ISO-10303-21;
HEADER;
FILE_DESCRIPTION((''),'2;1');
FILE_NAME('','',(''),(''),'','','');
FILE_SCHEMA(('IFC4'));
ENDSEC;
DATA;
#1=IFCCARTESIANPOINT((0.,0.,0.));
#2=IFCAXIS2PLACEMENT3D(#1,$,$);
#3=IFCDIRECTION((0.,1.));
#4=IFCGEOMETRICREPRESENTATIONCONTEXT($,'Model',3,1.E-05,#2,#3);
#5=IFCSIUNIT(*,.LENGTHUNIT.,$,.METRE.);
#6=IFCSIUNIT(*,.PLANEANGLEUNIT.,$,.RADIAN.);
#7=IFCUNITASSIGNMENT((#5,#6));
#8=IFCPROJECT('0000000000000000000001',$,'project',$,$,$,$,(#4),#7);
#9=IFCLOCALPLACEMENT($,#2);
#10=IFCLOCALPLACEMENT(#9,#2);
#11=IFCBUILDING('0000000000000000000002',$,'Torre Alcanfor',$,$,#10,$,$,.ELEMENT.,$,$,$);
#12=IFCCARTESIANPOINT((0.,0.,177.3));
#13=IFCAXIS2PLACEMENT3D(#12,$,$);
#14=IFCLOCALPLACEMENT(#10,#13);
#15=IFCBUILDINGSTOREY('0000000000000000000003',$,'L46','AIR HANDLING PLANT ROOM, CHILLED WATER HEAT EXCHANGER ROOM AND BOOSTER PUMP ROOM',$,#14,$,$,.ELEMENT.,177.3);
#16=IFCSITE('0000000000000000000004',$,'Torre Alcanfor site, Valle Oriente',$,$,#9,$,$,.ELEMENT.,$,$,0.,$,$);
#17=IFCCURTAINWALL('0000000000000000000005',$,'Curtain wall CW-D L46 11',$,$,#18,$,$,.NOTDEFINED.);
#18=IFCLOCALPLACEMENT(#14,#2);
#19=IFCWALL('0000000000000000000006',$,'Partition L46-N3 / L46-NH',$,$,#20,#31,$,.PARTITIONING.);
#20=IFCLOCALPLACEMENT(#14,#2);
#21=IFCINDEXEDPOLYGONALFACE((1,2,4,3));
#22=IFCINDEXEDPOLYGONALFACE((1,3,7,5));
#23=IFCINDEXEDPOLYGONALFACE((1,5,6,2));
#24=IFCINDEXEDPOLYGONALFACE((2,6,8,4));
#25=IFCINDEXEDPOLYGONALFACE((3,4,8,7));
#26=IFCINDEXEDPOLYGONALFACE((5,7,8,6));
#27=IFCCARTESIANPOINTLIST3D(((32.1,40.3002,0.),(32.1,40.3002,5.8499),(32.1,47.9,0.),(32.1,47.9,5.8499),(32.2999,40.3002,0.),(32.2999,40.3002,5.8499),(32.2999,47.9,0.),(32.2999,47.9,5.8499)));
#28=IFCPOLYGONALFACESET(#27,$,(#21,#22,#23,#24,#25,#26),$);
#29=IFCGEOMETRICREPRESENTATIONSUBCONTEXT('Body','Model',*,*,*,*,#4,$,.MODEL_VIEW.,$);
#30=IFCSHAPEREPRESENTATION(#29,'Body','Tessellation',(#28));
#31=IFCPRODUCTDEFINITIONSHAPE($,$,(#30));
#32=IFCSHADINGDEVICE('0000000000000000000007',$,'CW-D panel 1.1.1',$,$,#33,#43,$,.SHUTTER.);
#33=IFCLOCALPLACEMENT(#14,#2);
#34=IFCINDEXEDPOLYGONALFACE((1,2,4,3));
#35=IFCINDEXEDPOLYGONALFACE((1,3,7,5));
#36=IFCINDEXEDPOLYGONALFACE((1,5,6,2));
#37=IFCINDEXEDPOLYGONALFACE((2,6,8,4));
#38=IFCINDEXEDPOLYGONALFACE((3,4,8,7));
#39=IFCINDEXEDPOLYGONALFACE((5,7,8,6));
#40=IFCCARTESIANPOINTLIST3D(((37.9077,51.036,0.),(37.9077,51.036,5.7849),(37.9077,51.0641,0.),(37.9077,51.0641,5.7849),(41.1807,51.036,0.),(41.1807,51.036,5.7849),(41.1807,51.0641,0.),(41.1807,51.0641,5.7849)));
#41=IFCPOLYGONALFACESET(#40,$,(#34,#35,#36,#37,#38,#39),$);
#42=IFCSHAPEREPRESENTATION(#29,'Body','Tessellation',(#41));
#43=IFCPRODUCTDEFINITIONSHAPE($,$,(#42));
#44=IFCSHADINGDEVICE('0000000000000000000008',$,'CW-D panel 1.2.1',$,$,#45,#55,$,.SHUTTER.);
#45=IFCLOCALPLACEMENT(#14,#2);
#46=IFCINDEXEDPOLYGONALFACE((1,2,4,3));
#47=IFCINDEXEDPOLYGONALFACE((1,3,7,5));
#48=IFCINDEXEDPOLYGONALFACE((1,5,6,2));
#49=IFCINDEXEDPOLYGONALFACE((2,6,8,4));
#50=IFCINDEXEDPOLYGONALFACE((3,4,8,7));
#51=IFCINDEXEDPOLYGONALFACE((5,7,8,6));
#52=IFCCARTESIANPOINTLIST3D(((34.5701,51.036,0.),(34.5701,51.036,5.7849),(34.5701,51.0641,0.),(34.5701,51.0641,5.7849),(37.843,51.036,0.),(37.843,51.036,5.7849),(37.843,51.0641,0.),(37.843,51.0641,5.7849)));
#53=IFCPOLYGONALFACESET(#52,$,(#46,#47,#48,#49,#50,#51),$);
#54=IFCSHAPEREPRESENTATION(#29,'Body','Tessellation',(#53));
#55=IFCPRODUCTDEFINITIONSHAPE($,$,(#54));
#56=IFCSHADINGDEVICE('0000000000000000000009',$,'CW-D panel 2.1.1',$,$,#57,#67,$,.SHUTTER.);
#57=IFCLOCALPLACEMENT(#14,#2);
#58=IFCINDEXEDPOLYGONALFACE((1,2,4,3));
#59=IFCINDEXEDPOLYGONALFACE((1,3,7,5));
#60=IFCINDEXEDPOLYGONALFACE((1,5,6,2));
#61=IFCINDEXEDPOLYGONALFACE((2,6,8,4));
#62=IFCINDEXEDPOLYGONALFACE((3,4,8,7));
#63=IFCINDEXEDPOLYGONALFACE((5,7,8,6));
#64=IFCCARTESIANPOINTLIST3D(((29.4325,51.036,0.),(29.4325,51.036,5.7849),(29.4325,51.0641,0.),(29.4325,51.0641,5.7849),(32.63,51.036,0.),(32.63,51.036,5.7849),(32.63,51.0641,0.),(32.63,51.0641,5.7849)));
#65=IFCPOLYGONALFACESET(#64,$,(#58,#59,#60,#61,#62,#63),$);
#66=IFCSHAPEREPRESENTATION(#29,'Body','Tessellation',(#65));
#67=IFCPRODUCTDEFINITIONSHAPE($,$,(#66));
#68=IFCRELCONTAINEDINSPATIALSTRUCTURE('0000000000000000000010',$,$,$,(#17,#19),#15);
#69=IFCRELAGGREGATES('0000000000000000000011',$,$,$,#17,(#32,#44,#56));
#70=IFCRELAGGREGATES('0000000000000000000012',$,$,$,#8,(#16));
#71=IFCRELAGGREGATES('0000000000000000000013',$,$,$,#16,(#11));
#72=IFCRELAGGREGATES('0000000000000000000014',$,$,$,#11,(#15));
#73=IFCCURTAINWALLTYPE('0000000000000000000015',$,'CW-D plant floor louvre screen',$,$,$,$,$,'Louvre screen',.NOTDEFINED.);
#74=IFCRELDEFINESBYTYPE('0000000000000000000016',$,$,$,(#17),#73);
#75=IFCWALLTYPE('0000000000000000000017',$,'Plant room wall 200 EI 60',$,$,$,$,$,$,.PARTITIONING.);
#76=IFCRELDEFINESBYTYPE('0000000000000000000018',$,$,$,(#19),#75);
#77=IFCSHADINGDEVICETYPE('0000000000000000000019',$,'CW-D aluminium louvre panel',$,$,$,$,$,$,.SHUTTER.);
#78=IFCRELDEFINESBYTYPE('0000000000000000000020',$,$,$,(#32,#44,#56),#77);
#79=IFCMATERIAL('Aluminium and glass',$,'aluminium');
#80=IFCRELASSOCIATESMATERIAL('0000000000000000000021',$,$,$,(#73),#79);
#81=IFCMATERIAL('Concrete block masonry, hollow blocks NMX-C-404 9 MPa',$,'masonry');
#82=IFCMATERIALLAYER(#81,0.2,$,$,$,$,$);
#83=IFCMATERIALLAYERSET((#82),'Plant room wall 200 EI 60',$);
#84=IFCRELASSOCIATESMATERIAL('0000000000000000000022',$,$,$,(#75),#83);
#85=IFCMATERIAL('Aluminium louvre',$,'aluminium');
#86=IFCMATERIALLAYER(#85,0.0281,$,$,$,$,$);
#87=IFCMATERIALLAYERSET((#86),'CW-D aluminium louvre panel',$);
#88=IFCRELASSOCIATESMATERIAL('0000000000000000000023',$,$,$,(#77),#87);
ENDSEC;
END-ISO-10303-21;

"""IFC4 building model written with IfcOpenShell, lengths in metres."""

from ifc_helpers import new_model, si_unit, direction, frame, frame_2d, origin, origin_2d, place, context, subcontext, project, spatial, rectangle, extrude, material, layer, layer_set, type_object, element, aggregate, save


model = new_model("IFC4")

# Units and contexts
model_context = context("Model", 3, precision=1e-05, world=origin(), true_north=direction((0.0, 1.0)))
body_context = subcontext(model_context, "Body", "Model", "MODEL_VIEW")
ifc_project = project(units=[si_unit("LENGTHUNIT", "METRE"), si_unit("PLANEANGLEUNIT", "RADIAN")], contexts=[model_context])

# Site, building, storey
site_placement = place(None, origin())
site = spatial("IfcSite", under=ifc_project, at=site_placement, Name="Torre Alcanfor site, Valle Oriente", CompositionType="ELEMENT", RefElevation=0.0)
building_placement = place(site_placement, origin())
building = spatial("IfcBuilding", under=site, at=building_placement, Name="Torre Alcanfor", CompositionType="ELEMENT")
storey_placement = place(building_placement, frame((0.0, 0.0, 177.3)))
storey = spatial("IfcBuildingStorey", under=building, at=storey_placement, Name="L46", Description="AIR HANDLING PLANT ROOM, CHILLED WATER HEAT EXCHANGER ROOM AND BOOSTER PUMP ROOM", CompositionType="ELEMENT", Elevation=177.3)

# Curtain wall
ifc_material_1 = material(Name="Aluminium and glass", Category="aluminium")
curtain_wall_type = type_object("IfcCurtainWallType", Name="CW-D plant floor louvre screen", ElementType="Louvre screen", PredefinedType="NOTDEFINED", material=ifc_material_1)
curtain_wall_placement = place(storey_placement, origin())
curtain_wall = element("IfcCurtainWall", 1, at=curtain_wall_placement, inside=storey, type_object=curtain_wall_type, Name="Curtain wall CW-D L46 11", PredefinedType="NOTDEFINED")

# Wall
ifc_material_2 = material(Name="Concrete block masonry, hollow blocks NMX-C-404 9 MPa", Category="masonry")
ifc_layer_1 = layer(ifc_material_2, 0.2)
ifc_layer_set_1 = layer_set([ifc_layer_1], Name="Plant room wall 200 EI 60")
wall_type = type_object("IfcWallType", Name="Plant room wall 200 EI 60", PredefinedType="PARTITIONING", material=ifc_layer_set_1)
wall_1_placement = place(storey_placement, frame((32.2, 47.8999, 0.0), z_axis=(0.0, 0.0, 1.0), x_axis=(0.0, -1.0, 0.0)))
element("IfcWall", 2, at=wall_1_placement, inside=storey, type_object=wall_type, Name="Partition L46-N3 / L46-NH", PredefinedType="PARTITIONING", context=body_context, shape_type="SweptSolid", body=[
    extrude(rectangle(XDim=7.5999, YDim=0.2, at=frame_2d((3.7998, 0.0))), origin(), (0.0, 0.0, 1.0), 5.8499),
])

# Shading devices
ifc_material_3 = material(Name="Aluminium louvre", Category="aluminium")
ifc_layer_2 = layer(ifc_material_3, 0.0281)
ifc_layer_set_2 = layer_set([ifc_layer_2], Name="CW-D aluminium louvre panel")
shading_device_type = type_object("IfcShadingDeviceType", Name="CW-D aluminium louvre panel", PredefinedType="SHUTTER", material=ifc_layer_set_2)
shading_device_1_placement = place(storey_placement, frame((39.5442, 51.05, 0.0), z_axis=(0.0, 0.0, 1.0), x_axis=(-1.0, 0.0, 0.0)))
shading_device_1 = element("IfcShadingDevice", 3, at=shading_device_1_placement, type_object=shading_device_type, Name="CW-D panel 1.1.1", PredefinedType="SHUTTER", context=body_context, shape_type="SweptSolid", body=[
    extrude(rectangle(XDim=3.2729, YDim=0.0281, at=origin_2d()), origin(), (0.0, 0.0, 1.0), 5.7849),
])
shading_device_2_placement = place(storey_placement, frame((36.2065, 51.05, 0.0), z_axis=(0.0, 0.0, 1.0), x_axis=(-1.0, 0.0, 0.0)))
shading_device_2 = element("IfcShadingDevice", 4, at=shading_device_2_placement, type_object=shading_device_type, Name="CW-D panel 1.2.1", PredefinedType="SHUTTER", context=body_context, shape_type="SweptSolid", body=[
    extrude(rectangle(XDim=3.2729, YDim=0.0281, at=origin_2d()), origin(), (0.0, 0.0, 1.0), 5.7849),
])
shading_device_3_placement = place(storey_placement, frame((31.0312, 51.05, 0.0), z_axis=(0.0, 0.0, 1.0), x_axis=(-1.0, 0.0, 0.0)))
shading_device_3 = element("IfcShadingDevice", 5, at=shading_device_3_placement, type_object=shading_device_type, Name="CW-D panel 2.1.1", PredefinedType="SHUTTER", context=body_context, shape_type="SweptSolid", body=[
    extrude(rectangle(XDim=3.1975, YDim=0.0281, at=origin_2d()), origin(), (0.0, 0.0, 1.0), 5.7849),
])
aggregate(curtain_wall, [shading_device_1, shading_device_2, shading_device_3])

save(model, "model.ifc")
